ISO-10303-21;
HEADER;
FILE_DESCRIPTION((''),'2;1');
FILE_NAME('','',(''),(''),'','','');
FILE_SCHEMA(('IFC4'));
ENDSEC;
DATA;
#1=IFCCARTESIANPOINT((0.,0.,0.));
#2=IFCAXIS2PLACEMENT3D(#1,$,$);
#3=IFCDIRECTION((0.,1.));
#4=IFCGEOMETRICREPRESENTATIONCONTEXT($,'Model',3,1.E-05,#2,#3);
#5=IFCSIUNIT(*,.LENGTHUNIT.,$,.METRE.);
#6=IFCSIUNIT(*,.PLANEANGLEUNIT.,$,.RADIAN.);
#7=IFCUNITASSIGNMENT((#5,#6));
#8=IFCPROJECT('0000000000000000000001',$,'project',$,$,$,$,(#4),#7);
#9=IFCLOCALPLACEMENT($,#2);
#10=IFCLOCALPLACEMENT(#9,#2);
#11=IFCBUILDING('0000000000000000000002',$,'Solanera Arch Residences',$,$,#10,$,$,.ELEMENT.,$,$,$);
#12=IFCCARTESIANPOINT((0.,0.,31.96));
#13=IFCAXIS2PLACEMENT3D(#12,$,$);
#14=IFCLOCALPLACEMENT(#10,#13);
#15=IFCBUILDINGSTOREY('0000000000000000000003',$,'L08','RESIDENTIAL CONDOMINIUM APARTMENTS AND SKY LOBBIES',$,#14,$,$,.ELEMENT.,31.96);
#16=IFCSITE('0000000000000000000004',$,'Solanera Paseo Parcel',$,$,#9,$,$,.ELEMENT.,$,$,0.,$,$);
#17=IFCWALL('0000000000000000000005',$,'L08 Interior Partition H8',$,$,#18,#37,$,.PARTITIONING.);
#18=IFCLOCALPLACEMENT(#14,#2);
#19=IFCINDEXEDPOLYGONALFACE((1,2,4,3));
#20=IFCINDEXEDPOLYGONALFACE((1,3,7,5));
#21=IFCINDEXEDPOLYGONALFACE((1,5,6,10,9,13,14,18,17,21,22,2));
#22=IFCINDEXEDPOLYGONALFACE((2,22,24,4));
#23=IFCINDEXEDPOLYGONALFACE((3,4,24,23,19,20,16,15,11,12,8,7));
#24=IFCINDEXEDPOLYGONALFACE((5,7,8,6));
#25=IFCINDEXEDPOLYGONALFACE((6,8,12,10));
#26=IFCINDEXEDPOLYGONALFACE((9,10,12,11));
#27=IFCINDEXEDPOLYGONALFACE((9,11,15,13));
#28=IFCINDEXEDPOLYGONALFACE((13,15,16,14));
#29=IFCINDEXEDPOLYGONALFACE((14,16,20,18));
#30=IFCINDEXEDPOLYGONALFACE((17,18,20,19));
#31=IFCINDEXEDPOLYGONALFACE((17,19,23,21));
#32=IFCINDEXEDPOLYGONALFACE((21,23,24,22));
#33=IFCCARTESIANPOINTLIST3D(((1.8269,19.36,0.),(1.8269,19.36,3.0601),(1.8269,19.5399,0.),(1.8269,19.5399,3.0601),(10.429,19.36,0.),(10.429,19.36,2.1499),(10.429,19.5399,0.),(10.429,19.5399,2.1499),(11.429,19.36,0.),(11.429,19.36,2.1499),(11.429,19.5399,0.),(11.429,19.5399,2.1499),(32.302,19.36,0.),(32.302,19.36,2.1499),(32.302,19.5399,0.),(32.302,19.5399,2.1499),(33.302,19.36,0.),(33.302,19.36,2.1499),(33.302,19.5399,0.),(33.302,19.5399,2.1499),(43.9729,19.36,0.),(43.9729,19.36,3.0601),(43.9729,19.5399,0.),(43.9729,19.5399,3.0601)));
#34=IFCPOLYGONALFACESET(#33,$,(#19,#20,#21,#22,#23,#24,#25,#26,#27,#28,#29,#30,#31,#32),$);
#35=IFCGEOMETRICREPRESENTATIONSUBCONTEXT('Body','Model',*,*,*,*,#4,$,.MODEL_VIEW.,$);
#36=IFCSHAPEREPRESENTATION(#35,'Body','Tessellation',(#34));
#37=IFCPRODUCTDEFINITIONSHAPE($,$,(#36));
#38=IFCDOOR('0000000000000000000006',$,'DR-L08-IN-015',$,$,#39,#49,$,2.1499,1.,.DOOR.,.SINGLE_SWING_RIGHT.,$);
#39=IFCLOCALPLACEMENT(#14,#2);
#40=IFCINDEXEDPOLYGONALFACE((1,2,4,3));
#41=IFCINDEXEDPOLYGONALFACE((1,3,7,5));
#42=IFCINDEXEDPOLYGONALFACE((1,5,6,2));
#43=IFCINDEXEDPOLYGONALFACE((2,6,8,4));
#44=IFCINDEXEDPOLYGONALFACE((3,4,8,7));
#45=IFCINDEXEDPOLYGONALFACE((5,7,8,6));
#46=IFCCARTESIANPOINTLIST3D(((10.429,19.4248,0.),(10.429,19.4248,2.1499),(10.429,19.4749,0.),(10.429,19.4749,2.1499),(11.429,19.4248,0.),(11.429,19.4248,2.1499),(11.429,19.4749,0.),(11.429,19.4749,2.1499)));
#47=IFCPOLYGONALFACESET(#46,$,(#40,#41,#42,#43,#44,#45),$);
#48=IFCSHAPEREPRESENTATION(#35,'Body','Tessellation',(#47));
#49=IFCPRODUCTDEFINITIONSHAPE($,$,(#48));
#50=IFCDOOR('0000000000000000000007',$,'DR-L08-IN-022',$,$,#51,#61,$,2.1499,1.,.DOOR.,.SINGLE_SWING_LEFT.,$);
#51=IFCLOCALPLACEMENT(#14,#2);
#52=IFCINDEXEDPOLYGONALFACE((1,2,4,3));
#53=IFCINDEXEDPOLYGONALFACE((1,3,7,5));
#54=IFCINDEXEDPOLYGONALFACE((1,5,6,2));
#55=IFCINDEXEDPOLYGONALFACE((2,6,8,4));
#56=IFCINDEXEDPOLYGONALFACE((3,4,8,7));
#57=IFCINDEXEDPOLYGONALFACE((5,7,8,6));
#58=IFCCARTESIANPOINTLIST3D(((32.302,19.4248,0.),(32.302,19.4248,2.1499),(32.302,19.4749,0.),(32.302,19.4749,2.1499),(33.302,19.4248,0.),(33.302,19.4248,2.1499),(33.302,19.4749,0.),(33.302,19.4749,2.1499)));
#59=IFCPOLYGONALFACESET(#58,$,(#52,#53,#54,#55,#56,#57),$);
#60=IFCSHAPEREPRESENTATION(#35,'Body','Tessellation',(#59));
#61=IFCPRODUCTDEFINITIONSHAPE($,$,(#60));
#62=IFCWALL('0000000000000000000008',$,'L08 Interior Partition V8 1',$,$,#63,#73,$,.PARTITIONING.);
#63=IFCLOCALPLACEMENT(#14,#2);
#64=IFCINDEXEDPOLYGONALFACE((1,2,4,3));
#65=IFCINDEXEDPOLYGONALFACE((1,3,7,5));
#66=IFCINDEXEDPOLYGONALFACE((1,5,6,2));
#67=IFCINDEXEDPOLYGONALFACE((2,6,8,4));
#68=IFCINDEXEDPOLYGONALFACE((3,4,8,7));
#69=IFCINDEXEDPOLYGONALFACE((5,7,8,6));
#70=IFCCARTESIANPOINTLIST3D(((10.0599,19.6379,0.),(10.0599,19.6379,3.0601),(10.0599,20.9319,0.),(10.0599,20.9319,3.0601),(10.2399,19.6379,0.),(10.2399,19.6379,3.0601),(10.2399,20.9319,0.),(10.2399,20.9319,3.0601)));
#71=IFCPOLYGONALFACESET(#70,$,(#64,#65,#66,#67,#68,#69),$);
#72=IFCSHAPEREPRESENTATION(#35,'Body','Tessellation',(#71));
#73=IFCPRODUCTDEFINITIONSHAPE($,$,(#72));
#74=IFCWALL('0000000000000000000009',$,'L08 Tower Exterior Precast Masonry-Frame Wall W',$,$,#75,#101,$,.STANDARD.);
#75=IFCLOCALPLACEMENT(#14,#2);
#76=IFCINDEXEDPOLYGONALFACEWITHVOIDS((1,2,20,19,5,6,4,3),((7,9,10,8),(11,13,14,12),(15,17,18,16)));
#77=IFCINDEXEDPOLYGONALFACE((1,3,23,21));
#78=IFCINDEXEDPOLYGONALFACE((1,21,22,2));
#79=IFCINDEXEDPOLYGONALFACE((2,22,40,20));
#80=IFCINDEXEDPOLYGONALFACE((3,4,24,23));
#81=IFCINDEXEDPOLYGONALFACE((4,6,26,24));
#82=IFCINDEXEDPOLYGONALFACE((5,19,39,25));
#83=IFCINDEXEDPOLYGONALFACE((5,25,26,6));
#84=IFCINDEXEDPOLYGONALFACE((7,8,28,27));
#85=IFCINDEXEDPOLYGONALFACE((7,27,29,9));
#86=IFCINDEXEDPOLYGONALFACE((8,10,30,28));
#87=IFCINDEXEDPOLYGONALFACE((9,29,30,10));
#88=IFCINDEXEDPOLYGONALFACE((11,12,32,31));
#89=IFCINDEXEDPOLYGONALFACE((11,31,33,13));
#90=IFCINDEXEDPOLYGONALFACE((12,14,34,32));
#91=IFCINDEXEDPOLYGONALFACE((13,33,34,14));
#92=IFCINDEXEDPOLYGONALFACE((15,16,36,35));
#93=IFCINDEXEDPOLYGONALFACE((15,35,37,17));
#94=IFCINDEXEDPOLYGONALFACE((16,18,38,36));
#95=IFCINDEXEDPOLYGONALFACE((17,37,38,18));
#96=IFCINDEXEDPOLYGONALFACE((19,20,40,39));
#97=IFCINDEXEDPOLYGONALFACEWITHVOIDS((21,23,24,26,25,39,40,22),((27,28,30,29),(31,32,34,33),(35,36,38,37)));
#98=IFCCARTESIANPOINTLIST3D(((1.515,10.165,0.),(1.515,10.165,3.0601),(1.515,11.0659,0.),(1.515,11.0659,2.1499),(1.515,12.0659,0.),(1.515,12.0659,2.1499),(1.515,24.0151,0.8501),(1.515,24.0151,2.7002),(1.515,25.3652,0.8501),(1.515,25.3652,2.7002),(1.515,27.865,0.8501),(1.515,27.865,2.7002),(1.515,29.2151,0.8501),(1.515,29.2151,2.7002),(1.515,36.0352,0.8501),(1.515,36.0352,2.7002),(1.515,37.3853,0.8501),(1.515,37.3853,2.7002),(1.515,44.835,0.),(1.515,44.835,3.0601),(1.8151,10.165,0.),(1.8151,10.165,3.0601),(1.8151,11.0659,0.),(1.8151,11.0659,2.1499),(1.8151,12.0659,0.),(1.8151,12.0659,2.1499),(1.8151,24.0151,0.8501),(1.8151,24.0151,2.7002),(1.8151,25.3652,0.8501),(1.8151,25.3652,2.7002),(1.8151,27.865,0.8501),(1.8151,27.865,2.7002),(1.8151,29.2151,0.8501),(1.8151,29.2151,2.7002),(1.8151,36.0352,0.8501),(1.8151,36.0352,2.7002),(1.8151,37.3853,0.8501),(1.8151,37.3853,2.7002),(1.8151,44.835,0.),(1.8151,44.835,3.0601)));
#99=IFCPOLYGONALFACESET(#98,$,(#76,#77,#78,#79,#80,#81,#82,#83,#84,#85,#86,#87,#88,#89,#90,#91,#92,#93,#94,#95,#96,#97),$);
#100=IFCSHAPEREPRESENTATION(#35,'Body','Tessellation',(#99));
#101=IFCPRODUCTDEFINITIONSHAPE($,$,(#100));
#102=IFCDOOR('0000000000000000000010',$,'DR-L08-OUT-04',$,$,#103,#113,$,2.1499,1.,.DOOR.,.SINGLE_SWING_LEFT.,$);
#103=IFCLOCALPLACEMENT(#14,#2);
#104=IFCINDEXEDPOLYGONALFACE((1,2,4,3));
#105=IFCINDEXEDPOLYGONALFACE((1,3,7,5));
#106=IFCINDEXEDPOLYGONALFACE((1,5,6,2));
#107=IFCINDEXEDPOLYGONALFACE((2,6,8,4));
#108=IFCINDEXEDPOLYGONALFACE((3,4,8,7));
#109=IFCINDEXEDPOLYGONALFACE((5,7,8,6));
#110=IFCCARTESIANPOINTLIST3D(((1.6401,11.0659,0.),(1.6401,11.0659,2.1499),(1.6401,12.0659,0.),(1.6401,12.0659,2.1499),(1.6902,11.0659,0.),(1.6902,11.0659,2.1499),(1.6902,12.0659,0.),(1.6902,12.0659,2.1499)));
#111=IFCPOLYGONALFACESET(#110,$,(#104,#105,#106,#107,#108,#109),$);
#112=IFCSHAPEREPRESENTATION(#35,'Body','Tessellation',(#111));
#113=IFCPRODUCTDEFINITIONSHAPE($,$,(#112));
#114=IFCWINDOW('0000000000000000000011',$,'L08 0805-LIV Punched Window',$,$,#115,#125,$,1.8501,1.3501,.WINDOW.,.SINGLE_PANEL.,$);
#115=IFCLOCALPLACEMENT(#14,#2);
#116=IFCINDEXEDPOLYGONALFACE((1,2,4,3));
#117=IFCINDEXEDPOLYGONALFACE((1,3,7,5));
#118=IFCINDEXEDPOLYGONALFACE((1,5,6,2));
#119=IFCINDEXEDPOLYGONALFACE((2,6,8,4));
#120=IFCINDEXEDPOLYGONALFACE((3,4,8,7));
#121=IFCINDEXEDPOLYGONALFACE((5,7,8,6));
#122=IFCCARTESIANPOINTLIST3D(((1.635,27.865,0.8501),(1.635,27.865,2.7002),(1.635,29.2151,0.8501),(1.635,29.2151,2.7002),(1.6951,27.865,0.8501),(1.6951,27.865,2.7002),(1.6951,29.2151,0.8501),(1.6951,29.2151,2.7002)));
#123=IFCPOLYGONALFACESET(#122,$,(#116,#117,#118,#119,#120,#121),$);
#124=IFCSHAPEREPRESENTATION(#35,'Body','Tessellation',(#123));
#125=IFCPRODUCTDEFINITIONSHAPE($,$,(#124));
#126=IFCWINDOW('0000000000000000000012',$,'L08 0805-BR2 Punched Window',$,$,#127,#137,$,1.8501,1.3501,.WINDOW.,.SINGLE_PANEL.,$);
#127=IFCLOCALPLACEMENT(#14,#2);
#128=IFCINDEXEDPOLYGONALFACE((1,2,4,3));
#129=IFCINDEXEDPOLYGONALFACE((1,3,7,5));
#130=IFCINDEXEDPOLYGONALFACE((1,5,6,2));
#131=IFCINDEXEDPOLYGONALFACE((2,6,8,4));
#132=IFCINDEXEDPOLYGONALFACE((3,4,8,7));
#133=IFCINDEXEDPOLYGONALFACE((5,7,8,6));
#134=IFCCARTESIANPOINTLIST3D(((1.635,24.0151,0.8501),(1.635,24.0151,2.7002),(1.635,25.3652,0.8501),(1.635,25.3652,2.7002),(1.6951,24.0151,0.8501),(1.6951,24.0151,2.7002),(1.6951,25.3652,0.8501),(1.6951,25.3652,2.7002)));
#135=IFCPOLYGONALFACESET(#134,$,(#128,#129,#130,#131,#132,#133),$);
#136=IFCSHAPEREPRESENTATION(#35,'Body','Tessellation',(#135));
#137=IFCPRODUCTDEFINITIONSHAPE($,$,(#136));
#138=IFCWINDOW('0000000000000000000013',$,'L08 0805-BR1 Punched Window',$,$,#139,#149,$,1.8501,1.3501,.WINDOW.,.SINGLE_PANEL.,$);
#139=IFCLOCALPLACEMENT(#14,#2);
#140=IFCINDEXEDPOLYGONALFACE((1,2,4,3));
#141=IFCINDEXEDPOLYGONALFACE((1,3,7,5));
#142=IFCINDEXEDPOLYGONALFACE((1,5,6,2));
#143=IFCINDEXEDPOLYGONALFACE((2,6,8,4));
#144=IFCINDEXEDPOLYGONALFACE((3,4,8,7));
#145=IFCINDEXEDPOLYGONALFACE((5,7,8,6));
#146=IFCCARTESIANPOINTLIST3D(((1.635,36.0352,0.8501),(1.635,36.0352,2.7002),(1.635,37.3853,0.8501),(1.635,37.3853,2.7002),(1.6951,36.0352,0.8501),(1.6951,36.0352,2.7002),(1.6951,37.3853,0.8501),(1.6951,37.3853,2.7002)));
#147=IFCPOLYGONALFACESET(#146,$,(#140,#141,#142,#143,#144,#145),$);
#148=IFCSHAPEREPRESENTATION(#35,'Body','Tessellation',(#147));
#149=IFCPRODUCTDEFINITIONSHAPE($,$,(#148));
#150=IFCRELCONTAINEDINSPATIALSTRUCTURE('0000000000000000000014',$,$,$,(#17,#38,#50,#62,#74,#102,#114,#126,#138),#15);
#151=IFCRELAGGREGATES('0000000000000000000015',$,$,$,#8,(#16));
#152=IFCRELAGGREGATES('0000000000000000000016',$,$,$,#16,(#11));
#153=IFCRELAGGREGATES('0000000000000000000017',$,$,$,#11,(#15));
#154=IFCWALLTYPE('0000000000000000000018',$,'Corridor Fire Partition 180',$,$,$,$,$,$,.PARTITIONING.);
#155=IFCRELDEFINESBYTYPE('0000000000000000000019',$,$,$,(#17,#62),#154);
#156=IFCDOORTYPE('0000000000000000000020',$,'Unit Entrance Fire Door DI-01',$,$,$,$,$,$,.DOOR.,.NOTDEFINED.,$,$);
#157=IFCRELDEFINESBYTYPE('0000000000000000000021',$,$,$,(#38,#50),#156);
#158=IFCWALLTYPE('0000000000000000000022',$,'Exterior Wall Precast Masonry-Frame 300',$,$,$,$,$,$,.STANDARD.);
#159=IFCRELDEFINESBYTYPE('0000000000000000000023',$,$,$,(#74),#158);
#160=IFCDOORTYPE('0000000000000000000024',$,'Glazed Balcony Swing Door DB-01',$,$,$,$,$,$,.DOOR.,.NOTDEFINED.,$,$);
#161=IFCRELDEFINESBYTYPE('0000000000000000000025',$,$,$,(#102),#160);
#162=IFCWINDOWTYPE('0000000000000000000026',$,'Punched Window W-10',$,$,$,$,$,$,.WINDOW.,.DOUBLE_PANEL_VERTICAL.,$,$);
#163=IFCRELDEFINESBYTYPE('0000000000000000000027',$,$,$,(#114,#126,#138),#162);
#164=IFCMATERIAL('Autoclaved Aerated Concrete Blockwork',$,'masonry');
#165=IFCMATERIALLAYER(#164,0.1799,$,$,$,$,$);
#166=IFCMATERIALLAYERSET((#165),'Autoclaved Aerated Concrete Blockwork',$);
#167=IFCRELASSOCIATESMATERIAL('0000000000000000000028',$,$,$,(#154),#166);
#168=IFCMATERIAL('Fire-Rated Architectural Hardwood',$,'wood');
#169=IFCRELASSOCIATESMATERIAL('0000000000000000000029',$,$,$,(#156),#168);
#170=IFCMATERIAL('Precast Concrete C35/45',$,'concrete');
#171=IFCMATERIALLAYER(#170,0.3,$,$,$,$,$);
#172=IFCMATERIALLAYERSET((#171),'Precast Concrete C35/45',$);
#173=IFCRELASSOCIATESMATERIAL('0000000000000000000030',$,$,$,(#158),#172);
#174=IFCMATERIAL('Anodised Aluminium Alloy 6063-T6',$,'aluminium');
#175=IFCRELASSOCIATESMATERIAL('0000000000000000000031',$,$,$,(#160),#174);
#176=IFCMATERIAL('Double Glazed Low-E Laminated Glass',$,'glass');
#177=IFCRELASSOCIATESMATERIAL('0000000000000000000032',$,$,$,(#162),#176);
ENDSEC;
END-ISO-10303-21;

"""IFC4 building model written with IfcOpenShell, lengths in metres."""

from ifc_helpers import new_model, si_unit, direction, frame, frame_2d, origin, place, context, subcontext, project, spatial, rectangle, extrude, material, layer, layer_set, type_object, element, fill, save


model = new_model("IFC4")

# Units and contexts
model_context = context("Model", 3, precision=1e-05, world=origin(), true_north=direction((0.0, 1.0)))
body_context = subcontext(model_context, "Body", "Model", "MODEL_VIEW")
ifc_project = project(units=[si_unit("LENGTHUNIT", "METRE"), si_unit("PLANEANGLEUNIT", "RADIAN")], contexts=[model_context])

# Site, building, storey
site_placement = place(None, origin())
site = spatial("IfcSite", under=ifc_project, at=site_placement, Name="Solanera Paseo Parcel", CompositionType="ELEMENT", RefElevation=0.0)
building_placement = place(site_placement, origin())
building = spatial("IfcBuilding", under=site, at=building_placement, Name="Solanera Arch Residences", CompositionType="ELEMENT")
storey_placement = place(building_placement, frame((0.0, 0.0, 31.96)))
storey = spatial("IfcBuildingStorey", under=building, at=storey_placement, Name="L08", Description="RESIDENTIAL CONDOMINIUM APARTMENTS AND SKY LOBBIES", CompositionType="ELEMENT", Elevation=31.96)

# Wall, openings, doors
ifc_material_1 = material(Name="Autoclaved Aerated Concrete Blockwork", Category="masonry")
ifc_layer_1 = layer(ifc_material_1, 0.1799)
ifc_layer_set_1 = layer_set([ifc_layer_1], Name="Autoclaved Aerated Concrete Blockwork")
wall_type_1 = type_object("IfcWallType", Name="Corridor Fire Partition 180", PredefinedType="PARTITIONING", material=ifc_layer_set_1)
wall_1_placement = place(storey_placement, frame((1.8269, 19.45, 0.0), z_axis=(0.0, 0.0, 1.0), x_axis=(1.0, 0.0, 0.0)))
wall_1 = element("IfcWall", 1, at=wall_1_placement, inside=storey, type_object=wall_type_1, Name="L08 Interior Partition H8", PredefinedType="PARTITIONING", context=body_context, shape_type="SweptSolid", body=[
    extrude(rectangle(XDim=42.146, YDim=0.1799, at=frame_2d((21.073, 0.0))), origin(), (0.0, 0.0, 1.0), 3.0601),
])
opening_1_placement = place(wall_1_placement, frame((8.6021, 0.0, 0.0)))
opening_1 = element("IfcOpeningElement", 2, at=opening_1_placement, cuts=wall_1, PredefinedType="OPENING", context=body_context, shape_type="SweptSolid", body=[
    extrude(rectangle(XDim=1.0, YDim=2.1499, at=frame_2d((0.5, 1.075))), frame((0.0, 0.1001, 0.0), z_axis=(0.0, -1.0, 0.0), x_axis=(1.0, 0.0, 0.0)), (0.0, 0.0, 1.0), 0.1999),
])
opening_2_placement = place(wall_1_placement, frame((30.4751, 0.0, 0.0)))
opening_2 = element("IfcOpeningElement", 3, at=opening_2_placement, cuts=wall_1, PredefinedType="OPENING", context=body_context, shape_type="SweptSolid", body=[
    extrude(rectangle(XDim=1.0, YDim=2.1499, at=frame_2d((0.5, 1.075))), frame((0.0, 0.1001, 0.0), z_axis=(0.0, -1.0, 0.0), x_axis=(1.0, 0.0, 0.0)), (0.0, 0.0, 1.0), 0.1999),
])
ifc_material_2 = material(Name="Fire-Rated Architectural Hardwood", Category="wood")
door_type_1 = type_object("IfcDoorType", Name="Unit Entrance Fire Door DI-01", OperationType="NOTDEFINED", PredefinedType="DOOR", material=ifc_material_2)
door_1_placement = place(opening_1_placement, origin())
door_1 = element("IfcDoor", 4, at=door_1_placement, inside=storey, type_object=door_type_1, Name="DR-L08-IN-015", OperationType="SINGLE_SWING_RIGHT", OverallHeight=2.1499, OverallWidth=1.0, PredefinedType="DOOR", context=body_context, shape_type="SweptSolid", body=[
    extrude(rectangle(XDim=1.0, YDim=2.1499, at=frame_2d((0.5, 1.075))), frame((0.0, 0.0249, 0.0), z_axis=(0.0, -1.0, 0.0), x_axis=(1.0, 0.0, 0.0)), (0.0, 0.0, 1.0), 0.05),
])
fill(opening_1, door_1)
door_2_placement = place(opening_2_placement, origin())
door_2 = element("IfcDoor", 5, at=door_2_placement, inside=storey, type_object=door_type_1, Name="DR-L08-IN-022", OperationType="SINGLE_SWING_LEFT", OverallHeight=2.1499, OverallWidth=1.0, PredefinedType="DOOR", context=body_context, shape_type="SweptSolid", body=[
    extrude(rectangle(XDim=1.0, YDim=2.1499, at=frame_2d((0.5, 1.075))), frame((0.0, 0.0249, 0.0), z_axis=(0.0, -1.0, 0.0), x_axis=(1.0, 0.0, 0.0)), (0.0, 0.0, 1.0), 0.05),
])
fill(opening_2, door_2)

# Wall
wall_2_placement = place(storey_placement, frame((10.1499, 19.6379, 0.0), z_axis=(0.0, 0.0, 1.0), x_axis=(0.0, 1.0, 0.0)))
element("IfcWall", 6, at=wall_2_placement, inside=storey, type_object=wall_type_1, Name="L08 Interior Partition V8 1", PredefinedType="PARTITIONING", context=body_context, shape_type="SweptSolid", body=[
    extrude(rectangle(XDim=1.2939, YDim=0.1799, at=frame_2d((0.647, 0.0))), origin(), (0.0, 0.0, 1.0), 3.0601),
])

# Wall, openings, door, windows
ifc_material_3 = material(Name="Precast Concrete C35/45", Category="concrete")
ifc_layer_2 = layer(ifc_material_3, 0.3)
ifc_layer_set_2 = layer_set([ifc_layer_2], Name="Precast Concrete C35/45")
wall_type_2 = type_object("IfcWallType", Name="Exterior Wall Precast Masonry-Frame 300", PredefinedType="STANDARD", material=ifc_layer_set_2)
wall_3_placement = place(storey_placement, frame((1.665, 10.165, 0.0), z_axis=(0.0, 0.0, 1.0), x_axis=(0.0, 1.0, 0.0)))
wall_3 = element("IfcWall", 7, at=wall_3_placement, inside=storey, type_object=wall_type_2, Name="L08 Tower Exterior Precast Masonry-Frame Wall W", PredefinedType="STANDARD", context=body_context, shape_type="SweptSolid", body=[
    extrude(rectangle(XDim=34.6699, YDim=0.3, at=frame_2d((17.335, 0.0))), origin(), (0.0, 0.0, 1.0), 3.0601),
])
opening_3_placement = place(wall_3_placement, frame((0.9009, 0.0, 0.0)))
opening_3 = element("IfcOpeningElement", 8, at=opening_3_placement, cuts=wall_3, PredefinedType="OPENING", context=body_context, shape_type="SweptSolid", body=[
    extrude(rectangle(XDim=1.0, YDim=2.1499, at=frame_2d((0.5, 1.075))), frame((0.0, 0.1599, 0.0), z_axis=(0.0, -1.0, 0.0), x_axis=(1.0, 0.0, 0.0)), (0.0, 0.0, 1.0), 0.32),
])
opening_4_placement = place(wall_3_placement, frame((17.7, 0.0, 0.8501)))
opening_4 = element("IfcOpeningElement", 9, at=opening_4_placement, cuts=wall_3, PredefinedType="OPENING", context=body_context, shape_type="SweptSolid", body=[
    extrude(rectangle(XDim=1.3501, YDim=1.8501, at=frame_2d((0.675, 0.925))), frame((0.0, 0.1599, 0.0), z_axis=(0.0, -1.0, 0.0), x_axis=(1.0, 0.0, 0.0)), (0.0, 0.0, 1.0), 0.32),
])
opening_5_placement = place(wall_3_placement, frame((13.8501, 0.0, 0.8501)))
opening_5 = element("IfcOpeningElement", 10, at=opening_5_placement, cuts=wall_3, PredefinedType="OPENING", context=body_context, shape_type="SweptSolid", body=[
    extrude(rectangle(XDim=1.3501, YDim=1.8501, at=frame_2d((0.675, 0.925))), frame((0.0, 0.1599, 0.0), z_axis=(0.0, -1.0, 0.0), x_axis=(1.0, 0.0, 0.0)), (0.0, 0.0, 1.0), 0.32),
])
opening_6_placement = place(wall_3_placement, frame((25.8701, 0.0, 0.8501)))
opening_6 = element("IfcOpeningElement", 11, at=opening_6_placement, cuts=wall_3, PredefinedType="OPENING", context=body_context, shape_type="SweptSolid", body=[
    extrude(rectangle(XDim=1.3501, YDim=1.8501, at=frame_2d((0.675, 0.925))), frame((0.0, 0.1599, 0.0), z_axis=(0.0, -1.0, 0.0), x_axis=(1.0, 0.0, 0.0)), (0.0, 0.0, 1.0), 0.32),
])
ifc_material_4 = material(Name="Anodised Aluminium Alloy 6063-T6", Category="aluminium")
door_type_2 = type_object("IfcDoorType", Name="Glazed Balcony Swing Door DB-01", OperationType="NOTDEFINED", PredefinedType="DOOR", material=ifc_material_4)
door_3_placement = place(opening_3_placement, origin())
door_3 = element("IfcDoor", 12, at=door_3_placement, inside=storey, type_object=door_type_2, Name="DR-L08-OUT-04", OperationType="SINGLE_SWING_LEFT", OverallHeight=2.1499, OverallWidth=1.0, PredefinedType="DOOR", context=body_context, shape_type="SweptSolid", body=[
    extrude(rectangle(XDim=1.0, YDim=2.1499, at=frame_2d((0.5, 1.075))), frame((0.0, 0.0249, 0.0), z_axis=(0.0, -1.0, 0.0), x_axis=(1.0, 0.0, 0.0)), (0.0, 0.0, 1.0), 0.05),
])
fill(opening_3, door_3)
ifc_material_5 = material(Name="Double Glazed Low-E Laminated Glass", Category="glass")
window_type = type_object("IfcWindowType", Name="Punched Window W-10", PartitioningType="DOUBLE_PANEL_VERTICAL", PredefinedType="WINDOW", material=ifc_material_5)
window_1_placement = place(opening_4_placement, origin())
window_1 = element("IfcWindow", 13, at=window_1_placement, inside=storey, type_object=window_type, Name="L08 0805-LIV Punched Window", OverallHeight=1.8501, OverallWidth=1.3501, PartitioningType="SINGLE_PANEL", PredefinedType="WINDOW", context=body_context, shape_type="SweptSolid", body=[
    extrude(rectangle(XDim=1.3501, YDim=1.8501, at=frame_2d((0.675, 0.925))), frame((0.0, 0.03, 0.0), z_axis=(0.0, -1.0, 0.0), x_axis=(1.0, 0.0, 0.0)), (0.0, 0.0, 1.0), 0.0601),
])
fill(opening_4, window_1)
window_2_placement = place(opening_5_placement, origin())
window_2 = element("IfcWindow", 14, at=window_2_placement, inside=storey, type_object=window_type, Name="L08 0805-BR2 Punched Window", OverallHeight=1.8501, OverallWidth=1.3501, PartitioningType="SINGLE_PANEL", PredefinedType="WINDOW", context=body_context, shape_type="SweptSolid", body=[
    extrude(rectangle(XDim=1.3501, YDim=1.8501, at=frame_2d((0.675, 0.925))), frame((0.0, 0.03, 0.0), z_axis=(0.0, -1.0, 0.0), x_axis=(1.0, 0.0, 0.0)), (0.0, 0.0, 1.0), 0.0601),
])
fill(opening_5, window_2)
window_3_placement = place(opening_6_placement, origin())
window_3 = element("IfcWindow", 15, at=window_3_placement, inside=storey, type_object=window_type, Name="L08 0805-BR1 Punched Window", OverallHeight=1.8501, OverallWidth=1.3501, PartitioningType="SINGLE_PANEL", PredefinedType="WINDOW", context=body_context, shape_type="SweptSolid", body=[
    extrude(rectangle(XDim=1.3501, YDim=1.8501, at=frame_2d((0.675, 0.925))), frame((0.0, 0.03, 0.0), z_axis=(0.0, -1.0, 0.0), x_axis=(1.0, 0.0, 0.0)), (0.0, 0.0, 1.0), 0.0601),
])
fill(opening_6, window_3)

save(model, "model.ifc")
